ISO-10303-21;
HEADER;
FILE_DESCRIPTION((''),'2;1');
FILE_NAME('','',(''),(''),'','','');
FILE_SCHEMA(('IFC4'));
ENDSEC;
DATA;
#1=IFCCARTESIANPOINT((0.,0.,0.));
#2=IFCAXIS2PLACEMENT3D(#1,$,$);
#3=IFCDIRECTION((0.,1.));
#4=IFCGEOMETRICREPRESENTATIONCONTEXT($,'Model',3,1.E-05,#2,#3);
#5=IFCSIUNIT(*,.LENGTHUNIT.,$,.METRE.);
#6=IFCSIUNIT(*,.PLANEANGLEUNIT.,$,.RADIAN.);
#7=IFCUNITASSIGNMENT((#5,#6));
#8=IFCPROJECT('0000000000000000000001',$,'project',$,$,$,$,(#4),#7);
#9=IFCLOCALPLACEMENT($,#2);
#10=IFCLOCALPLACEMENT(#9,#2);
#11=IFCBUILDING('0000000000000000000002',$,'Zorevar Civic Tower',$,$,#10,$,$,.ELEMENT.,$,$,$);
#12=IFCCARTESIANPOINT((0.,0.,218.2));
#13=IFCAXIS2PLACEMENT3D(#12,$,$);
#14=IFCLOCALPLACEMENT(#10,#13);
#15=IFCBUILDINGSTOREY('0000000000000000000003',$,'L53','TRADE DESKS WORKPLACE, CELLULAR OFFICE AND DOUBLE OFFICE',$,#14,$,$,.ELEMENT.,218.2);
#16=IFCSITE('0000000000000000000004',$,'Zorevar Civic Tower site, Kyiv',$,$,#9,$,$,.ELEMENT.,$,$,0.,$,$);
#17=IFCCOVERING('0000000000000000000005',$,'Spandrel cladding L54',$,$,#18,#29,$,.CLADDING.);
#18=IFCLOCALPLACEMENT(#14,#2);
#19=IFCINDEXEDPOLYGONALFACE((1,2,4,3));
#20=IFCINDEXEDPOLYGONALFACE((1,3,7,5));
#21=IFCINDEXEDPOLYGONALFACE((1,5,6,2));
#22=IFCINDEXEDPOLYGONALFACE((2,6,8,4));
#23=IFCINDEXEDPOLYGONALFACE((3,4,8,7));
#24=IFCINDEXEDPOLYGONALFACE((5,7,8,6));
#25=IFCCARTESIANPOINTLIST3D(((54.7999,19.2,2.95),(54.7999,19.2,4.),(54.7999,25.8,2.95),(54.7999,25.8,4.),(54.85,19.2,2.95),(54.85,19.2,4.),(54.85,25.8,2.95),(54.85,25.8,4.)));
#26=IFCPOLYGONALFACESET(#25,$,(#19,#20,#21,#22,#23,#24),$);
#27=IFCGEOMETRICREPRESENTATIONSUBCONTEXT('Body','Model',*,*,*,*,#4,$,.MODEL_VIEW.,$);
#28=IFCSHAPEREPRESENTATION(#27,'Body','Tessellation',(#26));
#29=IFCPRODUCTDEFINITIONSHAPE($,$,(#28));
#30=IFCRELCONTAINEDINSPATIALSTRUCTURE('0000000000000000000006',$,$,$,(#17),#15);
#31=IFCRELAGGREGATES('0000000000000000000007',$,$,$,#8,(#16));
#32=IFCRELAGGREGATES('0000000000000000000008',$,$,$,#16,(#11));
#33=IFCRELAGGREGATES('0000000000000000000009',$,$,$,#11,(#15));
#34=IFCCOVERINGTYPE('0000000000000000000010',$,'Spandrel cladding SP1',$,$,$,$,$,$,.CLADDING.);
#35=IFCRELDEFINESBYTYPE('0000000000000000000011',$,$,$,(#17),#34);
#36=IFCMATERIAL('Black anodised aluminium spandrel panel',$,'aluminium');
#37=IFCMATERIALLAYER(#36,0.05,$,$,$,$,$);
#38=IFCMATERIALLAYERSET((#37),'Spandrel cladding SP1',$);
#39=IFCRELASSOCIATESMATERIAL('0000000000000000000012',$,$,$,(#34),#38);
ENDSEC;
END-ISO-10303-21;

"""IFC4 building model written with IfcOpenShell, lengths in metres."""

from ifc_helpers import new_model, si_unit, direction, frame, frame_2d, origin, place, context, subcontext, project, spatial, rectangle, extrude, material, layer, layer_set, type_object, element, save


model = new_model("IFC4")

# Units and contexts
model_context = context("Model", 3, precision=1e-05, world=origin(), true_north=direction((0.0, 1.0)))
body_context = subcontext(model_context, "Body", "Model", "MODEL_VIEW")
ifc_project = project(units=[si_unit("LENGTHUNIT", "METRE"), si_unit("PLANEANGLEUNIT", "RADIAN")], contexts=[model_context])

# Site, building, storey
site_placement = place(None, origin())
site = spatial("IfcSite", under=ifc_project, at=site_placement, Name="Zorevar Civic Tower site, Kyiv", CompositionType="ELEMENT", RefElevation=0.0)
building_placement = place(site_placement, origin())
building = spatial("IfcBuilding", under=site, at=building_placement, Name="Zorevar Civic Tower", CompositionType="ELEMENT")
storey_placement = place(building_placement, frame((0.0, 0.0, 218.2)))
storey = spatial("IfcBuildingStorey", under=building, at=storey_placement, Name="L53", Description="TRADE DESKS WORKPLACE, CELLULAR OFFICE AND DOUBLE OFFICE", CompositionType="ELEMENT", Elevation=218.2)

# Covering
ifc_material_1 = material(Name="Black anodised aluminium spandrel panel", Category="aluminium")
ifc_layer_1 = layer(ifc_material_1, 0.05)
ifc_layer_set_1 = layer_set([ifc_layer_1], Name="Spandrel cladding SP1")
covering_type = type_object("IfcCoveringType", Name="Spandrel cladding SP1", PredefinedType="CLADDING", material=ifc_layer_set_1)
covering_1_placement = place(storey_placement, frame((54.825, 19.2, 2.95), z_axis=(0.0, 0.0, 1.0), x_axis=(0.0, 1.0, 0.0)))
element("IfcCovering", 1, at=covering_1_placement, inside=storey, type_object=covering_type, Name="Spandrel cladding L54", PredefinedType="CLADDING", context=body_context, shape_type="SweptSolid", body=[
    extrude(rectangle(XDim=6.6001, YDim=0.05, at=frame_2d((3.3, 0.0))), origin(), (0.0, 0.0, 1.0), 1.05),
])

save(model, "model.ifc")
